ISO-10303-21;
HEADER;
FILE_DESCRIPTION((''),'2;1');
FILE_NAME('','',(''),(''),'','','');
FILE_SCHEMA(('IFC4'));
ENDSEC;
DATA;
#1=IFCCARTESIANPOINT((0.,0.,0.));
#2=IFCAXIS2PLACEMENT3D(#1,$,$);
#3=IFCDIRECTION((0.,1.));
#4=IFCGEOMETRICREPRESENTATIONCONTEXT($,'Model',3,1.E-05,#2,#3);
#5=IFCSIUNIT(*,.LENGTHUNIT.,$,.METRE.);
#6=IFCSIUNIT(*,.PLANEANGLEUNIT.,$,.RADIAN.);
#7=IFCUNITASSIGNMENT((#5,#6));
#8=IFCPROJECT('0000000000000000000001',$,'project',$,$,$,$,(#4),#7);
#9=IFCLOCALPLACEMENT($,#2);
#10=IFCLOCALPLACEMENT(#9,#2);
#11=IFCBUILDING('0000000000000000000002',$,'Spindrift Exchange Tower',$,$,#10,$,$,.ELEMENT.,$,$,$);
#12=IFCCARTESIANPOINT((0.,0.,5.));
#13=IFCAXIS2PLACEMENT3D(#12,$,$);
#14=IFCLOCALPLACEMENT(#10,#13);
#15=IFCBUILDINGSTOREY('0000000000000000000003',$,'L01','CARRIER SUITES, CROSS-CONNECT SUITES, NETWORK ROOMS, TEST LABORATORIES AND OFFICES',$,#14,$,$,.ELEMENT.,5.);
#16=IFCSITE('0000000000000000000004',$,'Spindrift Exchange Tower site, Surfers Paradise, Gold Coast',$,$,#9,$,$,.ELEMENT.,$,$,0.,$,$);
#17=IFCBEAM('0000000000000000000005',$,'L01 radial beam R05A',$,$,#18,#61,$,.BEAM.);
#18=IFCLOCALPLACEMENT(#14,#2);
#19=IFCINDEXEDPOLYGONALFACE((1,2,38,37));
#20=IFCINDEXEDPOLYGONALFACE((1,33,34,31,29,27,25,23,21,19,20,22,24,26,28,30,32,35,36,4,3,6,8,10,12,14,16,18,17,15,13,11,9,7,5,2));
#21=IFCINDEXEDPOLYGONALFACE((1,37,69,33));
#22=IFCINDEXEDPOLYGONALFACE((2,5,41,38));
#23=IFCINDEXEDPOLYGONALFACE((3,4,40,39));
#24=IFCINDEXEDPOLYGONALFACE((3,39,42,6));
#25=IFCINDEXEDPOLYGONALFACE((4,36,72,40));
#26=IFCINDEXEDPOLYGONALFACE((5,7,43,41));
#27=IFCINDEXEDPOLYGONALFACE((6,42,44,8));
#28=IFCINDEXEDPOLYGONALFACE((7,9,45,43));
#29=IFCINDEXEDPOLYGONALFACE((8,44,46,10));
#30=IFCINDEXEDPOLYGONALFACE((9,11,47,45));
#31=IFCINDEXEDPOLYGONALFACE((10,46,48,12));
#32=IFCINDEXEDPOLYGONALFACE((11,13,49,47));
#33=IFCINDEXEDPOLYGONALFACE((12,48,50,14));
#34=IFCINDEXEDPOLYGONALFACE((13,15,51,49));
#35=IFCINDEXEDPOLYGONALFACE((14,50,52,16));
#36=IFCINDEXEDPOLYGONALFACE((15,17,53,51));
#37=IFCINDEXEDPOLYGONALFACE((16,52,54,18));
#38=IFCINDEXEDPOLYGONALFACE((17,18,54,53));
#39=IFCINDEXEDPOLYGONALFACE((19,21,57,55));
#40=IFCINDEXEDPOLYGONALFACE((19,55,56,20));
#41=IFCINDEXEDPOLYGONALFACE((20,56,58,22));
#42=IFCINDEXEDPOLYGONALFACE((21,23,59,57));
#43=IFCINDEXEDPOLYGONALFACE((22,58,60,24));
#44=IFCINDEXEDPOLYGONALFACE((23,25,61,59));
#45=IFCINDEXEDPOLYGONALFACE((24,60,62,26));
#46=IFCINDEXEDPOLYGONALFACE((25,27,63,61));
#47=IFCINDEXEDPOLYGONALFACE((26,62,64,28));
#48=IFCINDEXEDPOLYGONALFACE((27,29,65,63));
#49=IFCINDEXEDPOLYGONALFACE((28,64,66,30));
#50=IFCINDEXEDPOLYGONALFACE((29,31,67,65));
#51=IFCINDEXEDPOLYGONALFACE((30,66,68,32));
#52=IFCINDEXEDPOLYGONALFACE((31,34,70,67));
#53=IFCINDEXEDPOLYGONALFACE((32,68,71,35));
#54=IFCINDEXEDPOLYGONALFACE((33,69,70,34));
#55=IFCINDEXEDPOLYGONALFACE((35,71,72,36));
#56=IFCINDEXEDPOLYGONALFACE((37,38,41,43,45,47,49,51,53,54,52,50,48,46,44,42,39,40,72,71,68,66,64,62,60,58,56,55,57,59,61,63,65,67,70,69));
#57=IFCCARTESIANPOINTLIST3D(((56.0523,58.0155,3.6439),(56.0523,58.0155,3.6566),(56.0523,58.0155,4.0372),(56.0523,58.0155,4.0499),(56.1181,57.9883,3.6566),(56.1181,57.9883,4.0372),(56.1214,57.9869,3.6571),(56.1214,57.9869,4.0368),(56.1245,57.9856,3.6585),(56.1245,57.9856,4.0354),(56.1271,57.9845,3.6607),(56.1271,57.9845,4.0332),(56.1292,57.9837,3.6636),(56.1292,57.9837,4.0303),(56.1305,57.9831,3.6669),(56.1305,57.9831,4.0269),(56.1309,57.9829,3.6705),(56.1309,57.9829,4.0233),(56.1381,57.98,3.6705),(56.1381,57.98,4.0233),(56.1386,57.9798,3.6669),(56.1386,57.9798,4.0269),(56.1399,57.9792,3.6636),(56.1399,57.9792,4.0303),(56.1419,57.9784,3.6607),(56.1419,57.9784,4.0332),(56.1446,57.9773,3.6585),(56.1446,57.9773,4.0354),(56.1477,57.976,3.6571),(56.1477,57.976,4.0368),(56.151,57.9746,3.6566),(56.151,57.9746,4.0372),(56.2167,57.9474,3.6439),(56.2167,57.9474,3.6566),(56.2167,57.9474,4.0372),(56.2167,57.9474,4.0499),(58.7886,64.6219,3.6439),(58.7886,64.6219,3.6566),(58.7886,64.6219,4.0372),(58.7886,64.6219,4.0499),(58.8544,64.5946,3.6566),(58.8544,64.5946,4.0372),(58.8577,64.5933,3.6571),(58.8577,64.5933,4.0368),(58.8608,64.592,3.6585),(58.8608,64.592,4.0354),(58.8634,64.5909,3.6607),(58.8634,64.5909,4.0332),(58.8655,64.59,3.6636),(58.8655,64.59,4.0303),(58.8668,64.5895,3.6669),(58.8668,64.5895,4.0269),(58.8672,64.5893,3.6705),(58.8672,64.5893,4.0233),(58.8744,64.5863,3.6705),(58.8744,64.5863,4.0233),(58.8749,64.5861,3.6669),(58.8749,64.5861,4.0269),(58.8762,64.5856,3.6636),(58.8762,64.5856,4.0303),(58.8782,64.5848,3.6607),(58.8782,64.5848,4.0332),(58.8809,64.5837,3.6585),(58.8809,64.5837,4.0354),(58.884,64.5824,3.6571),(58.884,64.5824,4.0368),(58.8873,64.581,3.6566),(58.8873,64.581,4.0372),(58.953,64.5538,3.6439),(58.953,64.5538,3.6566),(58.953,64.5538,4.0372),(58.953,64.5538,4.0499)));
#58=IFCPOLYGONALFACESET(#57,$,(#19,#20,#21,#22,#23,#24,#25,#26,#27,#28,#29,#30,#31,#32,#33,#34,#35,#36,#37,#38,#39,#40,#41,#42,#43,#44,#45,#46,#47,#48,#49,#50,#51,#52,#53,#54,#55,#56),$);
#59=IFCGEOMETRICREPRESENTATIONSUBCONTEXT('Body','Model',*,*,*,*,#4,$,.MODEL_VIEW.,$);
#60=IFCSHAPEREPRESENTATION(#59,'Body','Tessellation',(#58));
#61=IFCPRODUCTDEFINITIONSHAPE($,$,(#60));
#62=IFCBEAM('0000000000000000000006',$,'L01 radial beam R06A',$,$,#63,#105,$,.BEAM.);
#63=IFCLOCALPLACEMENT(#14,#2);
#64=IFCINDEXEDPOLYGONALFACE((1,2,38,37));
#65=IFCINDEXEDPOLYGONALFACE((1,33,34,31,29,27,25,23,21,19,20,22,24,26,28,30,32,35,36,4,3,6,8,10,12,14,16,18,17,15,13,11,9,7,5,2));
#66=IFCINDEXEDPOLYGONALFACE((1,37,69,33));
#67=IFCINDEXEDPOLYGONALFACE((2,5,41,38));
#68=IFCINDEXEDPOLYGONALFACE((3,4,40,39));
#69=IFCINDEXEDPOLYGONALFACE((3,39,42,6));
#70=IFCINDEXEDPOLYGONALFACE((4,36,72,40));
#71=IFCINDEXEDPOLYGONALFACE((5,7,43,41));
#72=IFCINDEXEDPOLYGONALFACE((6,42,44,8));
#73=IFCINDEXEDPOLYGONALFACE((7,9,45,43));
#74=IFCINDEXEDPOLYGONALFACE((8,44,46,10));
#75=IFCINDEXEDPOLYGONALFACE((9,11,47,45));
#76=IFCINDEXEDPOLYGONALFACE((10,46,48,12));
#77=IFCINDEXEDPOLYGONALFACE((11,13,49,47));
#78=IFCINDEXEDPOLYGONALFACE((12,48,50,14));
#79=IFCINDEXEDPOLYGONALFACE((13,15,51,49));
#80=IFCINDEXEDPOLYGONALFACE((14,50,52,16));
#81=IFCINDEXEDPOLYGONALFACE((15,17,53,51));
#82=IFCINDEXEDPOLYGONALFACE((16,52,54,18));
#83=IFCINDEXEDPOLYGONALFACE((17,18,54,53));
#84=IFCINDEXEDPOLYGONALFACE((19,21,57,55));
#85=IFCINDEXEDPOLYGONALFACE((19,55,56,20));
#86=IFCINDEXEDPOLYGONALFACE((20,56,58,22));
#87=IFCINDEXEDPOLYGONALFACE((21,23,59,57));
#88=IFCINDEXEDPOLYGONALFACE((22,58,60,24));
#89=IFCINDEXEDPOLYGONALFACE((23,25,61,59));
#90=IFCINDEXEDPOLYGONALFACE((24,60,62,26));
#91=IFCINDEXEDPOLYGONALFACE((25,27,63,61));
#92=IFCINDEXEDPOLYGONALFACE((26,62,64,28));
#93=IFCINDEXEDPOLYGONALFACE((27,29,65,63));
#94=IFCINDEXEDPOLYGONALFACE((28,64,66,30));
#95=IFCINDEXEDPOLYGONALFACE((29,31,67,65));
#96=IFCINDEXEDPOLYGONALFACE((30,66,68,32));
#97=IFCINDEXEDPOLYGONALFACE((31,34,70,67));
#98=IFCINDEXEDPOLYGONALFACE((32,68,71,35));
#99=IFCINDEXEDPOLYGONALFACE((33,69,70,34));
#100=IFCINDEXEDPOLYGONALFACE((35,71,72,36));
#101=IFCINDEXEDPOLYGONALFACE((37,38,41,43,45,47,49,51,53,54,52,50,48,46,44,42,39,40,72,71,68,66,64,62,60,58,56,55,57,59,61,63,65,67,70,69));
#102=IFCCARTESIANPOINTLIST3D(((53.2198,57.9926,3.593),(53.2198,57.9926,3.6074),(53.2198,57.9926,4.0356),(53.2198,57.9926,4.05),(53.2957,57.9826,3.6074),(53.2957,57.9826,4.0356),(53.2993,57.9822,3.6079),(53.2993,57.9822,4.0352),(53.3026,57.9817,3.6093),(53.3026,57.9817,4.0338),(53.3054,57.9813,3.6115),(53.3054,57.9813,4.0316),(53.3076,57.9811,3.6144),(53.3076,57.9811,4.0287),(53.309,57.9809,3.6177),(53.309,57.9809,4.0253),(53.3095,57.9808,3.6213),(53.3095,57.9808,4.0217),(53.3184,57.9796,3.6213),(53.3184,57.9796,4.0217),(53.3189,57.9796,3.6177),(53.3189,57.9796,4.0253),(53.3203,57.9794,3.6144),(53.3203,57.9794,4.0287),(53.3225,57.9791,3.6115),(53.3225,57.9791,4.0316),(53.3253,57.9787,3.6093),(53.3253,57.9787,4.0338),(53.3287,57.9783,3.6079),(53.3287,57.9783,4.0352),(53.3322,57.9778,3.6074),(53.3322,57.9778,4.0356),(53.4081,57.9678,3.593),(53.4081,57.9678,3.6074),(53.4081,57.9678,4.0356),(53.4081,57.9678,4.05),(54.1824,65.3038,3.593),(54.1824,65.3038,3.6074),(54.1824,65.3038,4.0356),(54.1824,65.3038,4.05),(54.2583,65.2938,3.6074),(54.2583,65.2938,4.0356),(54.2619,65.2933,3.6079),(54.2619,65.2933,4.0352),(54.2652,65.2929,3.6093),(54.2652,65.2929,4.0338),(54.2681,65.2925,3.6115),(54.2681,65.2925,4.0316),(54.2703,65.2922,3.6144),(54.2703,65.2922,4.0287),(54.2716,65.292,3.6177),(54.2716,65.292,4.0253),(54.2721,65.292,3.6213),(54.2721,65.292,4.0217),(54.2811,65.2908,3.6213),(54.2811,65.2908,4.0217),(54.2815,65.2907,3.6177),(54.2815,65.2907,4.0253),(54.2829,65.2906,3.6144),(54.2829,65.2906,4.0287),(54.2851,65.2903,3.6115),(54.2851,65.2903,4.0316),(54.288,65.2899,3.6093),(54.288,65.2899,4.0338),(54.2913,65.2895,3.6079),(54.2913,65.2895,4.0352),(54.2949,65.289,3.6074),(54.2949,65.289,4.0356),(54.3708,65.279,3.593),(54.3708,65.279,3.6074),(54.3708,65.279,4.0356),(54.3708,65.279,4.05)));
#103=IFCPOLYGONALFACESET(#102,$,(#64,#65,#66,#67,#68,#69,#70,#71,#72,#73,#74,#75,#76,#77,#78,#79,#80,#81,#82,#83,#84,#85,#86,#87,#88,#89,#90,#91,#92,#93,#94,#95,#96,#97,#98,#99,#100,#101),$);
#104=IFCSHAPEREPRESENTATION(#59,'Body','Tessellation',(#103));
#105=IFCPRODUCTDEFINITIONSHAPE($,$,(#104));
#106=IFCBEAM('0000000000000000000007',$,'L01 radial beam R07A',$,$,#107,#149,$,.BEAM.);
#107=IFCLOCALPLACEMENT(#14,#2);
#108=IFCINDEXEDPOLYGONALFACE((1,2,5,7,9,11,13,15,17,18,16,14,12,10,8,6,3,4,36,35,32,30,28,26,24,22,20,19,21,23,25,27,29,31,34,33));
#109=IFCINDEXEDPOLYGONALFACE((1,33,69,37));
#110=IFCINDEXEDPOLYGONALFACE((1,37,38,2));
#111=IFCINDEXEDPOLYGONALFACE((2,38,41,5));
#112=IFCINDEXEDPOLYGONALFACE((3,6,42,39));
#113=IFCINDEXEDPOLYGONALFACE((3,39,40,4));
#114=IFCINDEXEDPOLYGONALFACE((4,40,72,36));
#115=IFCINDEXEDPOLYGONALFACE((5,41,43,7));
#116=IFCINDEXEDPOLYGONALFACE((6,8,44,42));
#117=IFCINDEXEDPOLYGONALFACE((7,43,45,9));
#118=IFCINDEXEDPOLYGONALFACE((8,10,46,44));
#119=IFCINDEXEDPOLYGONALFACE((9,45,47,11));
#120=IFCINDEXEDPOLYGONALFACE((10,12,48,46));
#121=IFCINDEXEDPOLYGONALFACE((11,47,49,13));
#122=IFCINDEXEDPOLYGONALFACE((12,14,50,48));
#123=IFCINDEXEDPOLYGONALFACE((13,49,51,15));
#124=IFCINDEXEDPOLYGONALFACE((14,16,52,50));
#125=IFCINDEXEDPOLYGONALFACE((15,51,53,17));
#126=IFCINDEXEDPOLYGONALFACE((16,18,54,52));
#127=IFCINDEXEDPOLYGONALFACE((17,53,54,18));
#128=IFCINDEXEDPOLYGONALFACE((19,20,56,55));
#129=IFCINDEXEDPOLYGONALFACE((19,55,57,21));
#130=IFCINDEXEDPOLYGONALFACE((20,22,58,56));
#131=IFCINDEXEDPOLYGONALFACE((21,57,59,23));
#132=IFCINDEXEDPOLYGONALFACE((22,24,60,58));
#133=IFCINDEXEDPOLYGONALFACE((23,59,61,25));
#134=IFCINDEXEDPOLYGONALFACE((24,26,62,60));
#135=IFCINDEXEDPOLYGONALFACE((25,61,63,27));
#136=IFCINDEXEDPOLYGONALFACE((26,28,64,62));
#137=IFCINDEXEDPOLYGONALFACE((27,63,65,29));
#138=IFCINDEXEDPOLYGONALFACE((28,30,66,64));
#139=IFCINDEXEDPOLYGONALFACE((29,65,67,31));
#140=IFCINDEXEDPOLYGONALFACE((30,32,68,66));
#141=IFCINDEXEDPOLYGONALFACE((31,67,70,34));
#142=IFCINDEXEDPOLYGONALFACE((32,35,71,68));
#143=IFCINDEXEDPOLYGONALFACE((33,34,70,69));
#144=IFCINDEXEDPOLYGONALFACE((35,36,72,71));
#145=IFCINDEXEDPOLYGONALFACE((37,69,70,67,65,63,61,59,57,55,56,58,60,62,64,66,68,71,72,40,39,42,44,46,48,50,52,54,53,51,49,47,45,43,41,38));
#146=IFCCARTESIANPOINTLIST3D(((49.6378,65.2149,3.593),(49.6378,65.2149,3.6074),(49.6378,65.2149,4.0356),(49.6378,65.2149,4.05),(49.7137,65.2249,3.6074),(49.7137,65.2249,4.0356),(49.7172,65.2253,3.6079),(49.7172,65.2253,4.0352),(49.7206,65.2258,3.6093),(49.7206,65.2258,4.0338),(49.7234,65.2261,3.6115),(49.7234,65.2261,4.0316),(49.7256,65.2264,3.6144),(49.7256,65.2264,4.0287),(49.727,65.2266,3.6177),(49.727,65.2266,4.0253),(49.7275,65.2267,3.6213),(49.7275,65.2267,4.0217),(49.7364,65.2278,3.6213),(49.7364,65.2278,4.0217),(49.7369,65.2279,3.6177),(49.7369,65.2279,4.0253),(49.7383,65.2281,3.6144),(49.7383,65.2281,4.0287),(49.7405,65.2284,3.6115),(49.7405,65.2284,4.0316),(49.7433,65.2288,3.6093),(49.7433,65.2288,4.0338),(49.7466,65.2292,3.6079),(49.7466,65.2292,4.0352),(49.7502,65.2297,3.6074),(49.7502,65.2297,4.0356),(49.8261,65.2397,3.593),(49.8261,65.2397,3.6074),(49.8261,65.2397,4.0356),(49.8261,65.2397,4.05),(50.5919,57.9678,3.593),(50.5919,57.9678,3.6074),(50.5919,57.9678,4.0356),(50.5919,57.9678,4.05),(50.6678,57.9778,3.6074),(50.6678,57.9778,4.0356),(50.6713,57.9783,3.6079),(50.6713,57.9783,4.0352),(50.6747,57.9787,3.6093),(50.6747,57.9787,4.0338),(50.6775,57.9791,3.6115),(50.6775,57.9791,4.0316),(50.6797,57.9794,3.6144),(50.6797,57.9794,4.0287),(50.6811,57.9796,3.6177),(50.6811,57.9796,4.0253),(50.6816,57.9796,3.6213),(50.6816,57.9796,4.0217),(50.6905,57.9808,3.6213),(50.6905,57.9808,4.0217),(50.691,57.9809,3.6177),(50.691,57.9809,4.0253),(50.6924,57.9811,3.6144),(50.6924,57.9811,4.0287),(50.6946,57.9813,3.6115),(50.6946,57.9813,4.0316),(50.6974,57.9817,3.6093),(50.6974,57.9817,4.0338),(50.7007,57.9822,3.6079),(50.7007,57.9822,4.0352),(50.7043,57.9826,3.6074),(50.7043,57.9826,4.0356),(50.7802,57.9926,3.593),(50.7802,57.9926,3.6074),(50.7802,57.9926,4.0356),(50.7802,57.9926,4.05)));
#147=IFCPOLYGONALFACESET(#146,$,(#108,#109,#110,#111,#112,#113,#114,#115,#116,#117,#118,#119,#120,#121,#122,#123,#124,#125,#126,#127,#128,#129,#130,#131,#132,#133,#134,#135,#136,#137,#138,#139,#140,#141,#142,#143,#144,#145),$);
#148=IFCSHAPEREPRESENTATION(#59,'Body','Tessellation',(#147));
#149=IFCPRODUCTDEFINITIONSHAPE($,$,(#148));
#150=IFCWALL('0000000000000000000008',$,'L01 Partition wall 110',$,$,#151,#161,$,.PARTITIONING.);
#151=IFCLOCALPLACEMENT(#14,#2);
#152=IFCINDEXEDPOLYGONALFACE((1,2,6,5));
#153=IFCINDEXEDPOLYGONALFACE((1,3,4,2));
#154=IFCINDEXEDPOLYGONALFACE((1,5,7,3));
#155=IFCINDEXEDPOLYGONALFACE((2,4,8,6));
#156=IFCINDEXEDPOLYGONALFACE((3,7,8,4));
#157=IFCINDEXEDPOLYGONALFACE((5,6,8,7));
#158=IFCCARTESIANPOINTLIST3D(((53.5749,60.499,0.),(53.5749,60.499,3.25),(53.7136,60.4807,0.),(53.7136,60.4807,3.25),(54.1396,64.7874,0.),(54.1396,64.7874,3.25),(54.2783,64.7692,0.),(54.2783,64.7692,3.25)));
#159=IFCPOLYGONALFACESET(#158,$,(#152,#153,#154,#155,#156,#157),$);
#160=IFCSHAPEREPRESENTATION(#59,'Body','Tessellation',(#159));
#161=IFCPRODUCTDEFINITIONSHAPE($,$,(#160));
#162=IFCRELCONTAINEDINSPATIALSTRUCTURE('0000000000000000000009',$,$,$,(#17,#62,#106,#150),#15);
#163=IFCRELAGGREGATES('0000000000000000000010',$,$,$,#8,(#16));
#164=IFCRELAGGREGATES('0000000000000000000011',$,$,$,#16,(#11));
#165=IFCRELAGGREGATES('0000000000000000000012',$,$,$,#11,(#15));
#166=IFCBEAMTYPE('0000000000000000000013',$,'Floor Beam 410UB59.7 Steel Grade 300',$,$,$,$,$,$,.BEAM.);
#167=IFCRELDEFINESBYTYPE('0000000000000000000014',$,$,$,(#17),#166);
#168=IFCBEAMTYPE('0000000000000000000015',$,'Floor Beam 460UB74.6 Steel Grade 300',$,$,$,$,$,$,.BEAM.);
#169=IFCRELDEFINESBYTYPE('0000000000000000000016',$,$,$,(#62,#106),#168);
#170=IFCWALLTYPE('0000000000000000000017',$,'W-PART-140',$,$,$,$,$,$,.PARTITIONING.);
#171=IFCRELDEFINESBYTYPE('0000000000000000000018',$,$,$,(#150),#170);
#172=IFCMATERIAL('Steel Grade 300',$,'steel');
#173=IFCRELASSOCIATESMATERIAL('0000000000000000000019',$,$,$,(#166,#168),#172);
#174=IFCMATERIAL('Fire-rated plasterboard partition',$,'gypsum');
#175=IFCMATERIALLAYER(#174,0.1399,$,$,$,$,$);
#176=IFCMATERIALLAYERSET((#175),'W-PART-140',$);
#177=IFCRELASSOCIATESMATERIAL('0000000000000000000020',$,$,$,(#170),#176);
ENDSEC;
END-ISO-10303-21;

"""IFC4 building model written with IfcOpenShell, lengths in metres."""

from ifc_helpers import new_model, si_unit, direction, frame, frame_2d, origin, origin_2d, place, context, subcontext, project, spatial, rectangle, i_section, extrude, source, transform, mapped, material, layer, layer_set, material_profile, profile_set, type_object, element, save


model = new_model("IFC4")

# Units and contexts
model_context = context("Model", 3, precision=1e-05, world=origin(), true_north=direction((0.0, 1.0)))
body_context = subcontext(model_context, "Body", "Model", "MODEL_VIEW")
ifc_project = project(units=[si_unit("LENGTHUNIT", "METRE"), si_unit("PLANEANGLEUNIT", "RADIAN")], contexts=[model_context])

# Site, building, storey
site_placement = place(None, origin())
site = spatial("IfcSite", under=ifc_project, at=site_placement, Name="Spindrift Exchange Tower site, Surfers Paradise, Gold Coast", CompositionType="ELEMENT", RefElevation=0.0)
building_placement = place(site_placement, origin())
building = spatial("IfcBuilding", under=site, at=building_placement, Name="Spindrift Exchange Tower", CompositionType="ELEMENT")
storey_placement = place(building_placement, frame((0.0, 0.0, 5.0)))
storey = spatial("IfcBuildingStorey", under=building, at=storey_placement, Name="L01", Description="CARRIER SUITES, CROSS-CONNECT SUITES, NETWORK ROOMS, TEST LABORATORIES AND OFFICES", CompositionType="ELEMENT", Elevation=5.0)

# Beams
ifc_material_1 = material(Name="Steel Grade 300", Category="steel")
ifc_material_profile_1 = material_profile(ifc_material_1, i_section(OverallWidth=0.178, OverallDepth=0.406, WebThickness=0.0078, FlangeThickness=0.0127, FilletRadius=0.0139, at=origin_2d()), Name="410UB59.7")
ifc_profile_set_1 = profile_set([ifc_material_profile_1], Name="Steel Grade 300")
beam_type_1 = type_object("IfcBeamType", Name="Floor Beam 410UB59.7 Steel Grade 300", PredefinedType="BEAM", material=ifc_profile_set_1)
shared_shape_1 = source(origin(), body_context, "Body", "SweptSolid", [
    extrude(i_section(OverallWidth=0.178, OverallDepth=0.406, WebThickness=0.0078, FlangeThickness=0.0127, FilletRadius=0.0139, at=origin_2d()), origin(), (0.0, 0.0, 1.0), 7.1506),
])
beam_1_placement = place(storey_placement, frame((56.1345, 57.9814, 3.8469), z_axis=(0.382665, 0.923887, 0.0), x_axis=(-0.923887, 0.382665, 0.0)))
element("IfcBeam", 1, at=beam_1_placement, inside=storey, type_object=beam_type_1, Name="L01 radial beam R05A", PredefinedType="BEAM", context=body_context, shape_type="MappedRepresentation", body=[
    mapped(shared_shape_1, transform((0.0, 0.0, 0.0), scale=1.0)),
])
ifc_material_profile_2 = material_profile(ifc_material_1, i_section(OverallWidth=0.1899, OverallDepth=0.457, WebThickness=0.009, FlangeThickness=0.0144, FilletRadius=0.0139, at=origin_2d()), Name="460UB74.6")
ifc_profile_set_2 = profile_set([ifc_material_profile_2], Name="Steel Grade 300")
beam_type_2 = type_object("IfcBeamType", Name="Floor Beam 460UB74.6 Steel Grade 300", PredefinedType="BEAM", material=ifc_profile_set_2)
shared_shape_2 = source(origin(), body_context, "Body", "SweptSolid", [
    extrude(i_section(OverallWidth=0.1899, OverallDepth=0.457, WebThickness=0.009, FlangeThickness=0.0144, FilletRadius=0.0139, at=origin_2d()), origin(), (0.0, 0.0, 1.0), 7.3743),
])
beam_2_placement = place(storey_placement, frame((53.314, 57.9802, 3.8215), z_axis=(0.130539, 0.991443, 0.0), x_axis=(-0.991443, 0.130539, 0.0)))
element("IfcBeam", 2, at=beam_2_placement, inside=storey, type_object=beam_type_2, Name="L01 radial beam R06A", PredefinedType="BEAM", context=body_context, shape_type="MappedRepresentation", body=[
    mapped(shared_shape_2, transform((0.0, 0.0, 0.0), scale=1.0)),
])
shared_shape_3 = source(origin(), body_context, "Body", "SweptSolid", [
    extrude(i_section(OverallWidth=0.1899, OverallDepth=0.457, WebThickness=0.009, FlangeThickness=0.0144, FilletRadius=0.0139, at=origin_2d()), origin(), (0.0, 0.0, 1.0), 7.3096),
])
beam_3_placement = place(storey_placement, frame((50.686, 57.9802, 3.8215), z_axis=(-0.130527, 0.991445, 0.0), x_axis=(-0.991445, -0.130527, 0.0)))
element("IfcBeam", 3, at=beam_3_placement, inside=storey, type_object=beam_type_2, Name="L01 radial beam R07A", PredefinedType="BEAM", context=body_context, shape_type="MappedRepresentation", body=[
    mapped(shared_shape_3, transform((0.0, 0.0, 0.0), scale=1.0)),
])

# Wall
ifc_material_2 = material(Name="Fire-rated plasterboard partition", Category="gypsum")
ifc_layer_1 = layer(ifc_material_2, 0.1399)
ifc_layer_set_1 = layer_set([ifc_layer_1], Name="W-PART-140")
wall_type_1 = type_object("IfcWallType", Name="W-PART-140", PredefinedType="PARTITIONING", material=ifc_layer_set_1)
wall_1_placement = place(storey_placement, frame((53.6443, 60.49, 0.0), z_axis=(0.0, 0.0, 1.0), x_axis=(0.130555, 0.991441, 0.0)))
element("IfcWall", 4, at=wall_1_placement, inside=storey, type_object=wall_type_1, Name="L01 Partition wall 110", PredefinedType="PARTITIONING", context=body_context, shape_type="SweptSolid", body=[
    extrude(rectangle(XDim=4.3254, YDim=0.1399, at=frame_2d((2.1626, 0.0))), origin(), (0.0, 0.0, 1.0), 3.25),
])

save(model, "model.ifc")
